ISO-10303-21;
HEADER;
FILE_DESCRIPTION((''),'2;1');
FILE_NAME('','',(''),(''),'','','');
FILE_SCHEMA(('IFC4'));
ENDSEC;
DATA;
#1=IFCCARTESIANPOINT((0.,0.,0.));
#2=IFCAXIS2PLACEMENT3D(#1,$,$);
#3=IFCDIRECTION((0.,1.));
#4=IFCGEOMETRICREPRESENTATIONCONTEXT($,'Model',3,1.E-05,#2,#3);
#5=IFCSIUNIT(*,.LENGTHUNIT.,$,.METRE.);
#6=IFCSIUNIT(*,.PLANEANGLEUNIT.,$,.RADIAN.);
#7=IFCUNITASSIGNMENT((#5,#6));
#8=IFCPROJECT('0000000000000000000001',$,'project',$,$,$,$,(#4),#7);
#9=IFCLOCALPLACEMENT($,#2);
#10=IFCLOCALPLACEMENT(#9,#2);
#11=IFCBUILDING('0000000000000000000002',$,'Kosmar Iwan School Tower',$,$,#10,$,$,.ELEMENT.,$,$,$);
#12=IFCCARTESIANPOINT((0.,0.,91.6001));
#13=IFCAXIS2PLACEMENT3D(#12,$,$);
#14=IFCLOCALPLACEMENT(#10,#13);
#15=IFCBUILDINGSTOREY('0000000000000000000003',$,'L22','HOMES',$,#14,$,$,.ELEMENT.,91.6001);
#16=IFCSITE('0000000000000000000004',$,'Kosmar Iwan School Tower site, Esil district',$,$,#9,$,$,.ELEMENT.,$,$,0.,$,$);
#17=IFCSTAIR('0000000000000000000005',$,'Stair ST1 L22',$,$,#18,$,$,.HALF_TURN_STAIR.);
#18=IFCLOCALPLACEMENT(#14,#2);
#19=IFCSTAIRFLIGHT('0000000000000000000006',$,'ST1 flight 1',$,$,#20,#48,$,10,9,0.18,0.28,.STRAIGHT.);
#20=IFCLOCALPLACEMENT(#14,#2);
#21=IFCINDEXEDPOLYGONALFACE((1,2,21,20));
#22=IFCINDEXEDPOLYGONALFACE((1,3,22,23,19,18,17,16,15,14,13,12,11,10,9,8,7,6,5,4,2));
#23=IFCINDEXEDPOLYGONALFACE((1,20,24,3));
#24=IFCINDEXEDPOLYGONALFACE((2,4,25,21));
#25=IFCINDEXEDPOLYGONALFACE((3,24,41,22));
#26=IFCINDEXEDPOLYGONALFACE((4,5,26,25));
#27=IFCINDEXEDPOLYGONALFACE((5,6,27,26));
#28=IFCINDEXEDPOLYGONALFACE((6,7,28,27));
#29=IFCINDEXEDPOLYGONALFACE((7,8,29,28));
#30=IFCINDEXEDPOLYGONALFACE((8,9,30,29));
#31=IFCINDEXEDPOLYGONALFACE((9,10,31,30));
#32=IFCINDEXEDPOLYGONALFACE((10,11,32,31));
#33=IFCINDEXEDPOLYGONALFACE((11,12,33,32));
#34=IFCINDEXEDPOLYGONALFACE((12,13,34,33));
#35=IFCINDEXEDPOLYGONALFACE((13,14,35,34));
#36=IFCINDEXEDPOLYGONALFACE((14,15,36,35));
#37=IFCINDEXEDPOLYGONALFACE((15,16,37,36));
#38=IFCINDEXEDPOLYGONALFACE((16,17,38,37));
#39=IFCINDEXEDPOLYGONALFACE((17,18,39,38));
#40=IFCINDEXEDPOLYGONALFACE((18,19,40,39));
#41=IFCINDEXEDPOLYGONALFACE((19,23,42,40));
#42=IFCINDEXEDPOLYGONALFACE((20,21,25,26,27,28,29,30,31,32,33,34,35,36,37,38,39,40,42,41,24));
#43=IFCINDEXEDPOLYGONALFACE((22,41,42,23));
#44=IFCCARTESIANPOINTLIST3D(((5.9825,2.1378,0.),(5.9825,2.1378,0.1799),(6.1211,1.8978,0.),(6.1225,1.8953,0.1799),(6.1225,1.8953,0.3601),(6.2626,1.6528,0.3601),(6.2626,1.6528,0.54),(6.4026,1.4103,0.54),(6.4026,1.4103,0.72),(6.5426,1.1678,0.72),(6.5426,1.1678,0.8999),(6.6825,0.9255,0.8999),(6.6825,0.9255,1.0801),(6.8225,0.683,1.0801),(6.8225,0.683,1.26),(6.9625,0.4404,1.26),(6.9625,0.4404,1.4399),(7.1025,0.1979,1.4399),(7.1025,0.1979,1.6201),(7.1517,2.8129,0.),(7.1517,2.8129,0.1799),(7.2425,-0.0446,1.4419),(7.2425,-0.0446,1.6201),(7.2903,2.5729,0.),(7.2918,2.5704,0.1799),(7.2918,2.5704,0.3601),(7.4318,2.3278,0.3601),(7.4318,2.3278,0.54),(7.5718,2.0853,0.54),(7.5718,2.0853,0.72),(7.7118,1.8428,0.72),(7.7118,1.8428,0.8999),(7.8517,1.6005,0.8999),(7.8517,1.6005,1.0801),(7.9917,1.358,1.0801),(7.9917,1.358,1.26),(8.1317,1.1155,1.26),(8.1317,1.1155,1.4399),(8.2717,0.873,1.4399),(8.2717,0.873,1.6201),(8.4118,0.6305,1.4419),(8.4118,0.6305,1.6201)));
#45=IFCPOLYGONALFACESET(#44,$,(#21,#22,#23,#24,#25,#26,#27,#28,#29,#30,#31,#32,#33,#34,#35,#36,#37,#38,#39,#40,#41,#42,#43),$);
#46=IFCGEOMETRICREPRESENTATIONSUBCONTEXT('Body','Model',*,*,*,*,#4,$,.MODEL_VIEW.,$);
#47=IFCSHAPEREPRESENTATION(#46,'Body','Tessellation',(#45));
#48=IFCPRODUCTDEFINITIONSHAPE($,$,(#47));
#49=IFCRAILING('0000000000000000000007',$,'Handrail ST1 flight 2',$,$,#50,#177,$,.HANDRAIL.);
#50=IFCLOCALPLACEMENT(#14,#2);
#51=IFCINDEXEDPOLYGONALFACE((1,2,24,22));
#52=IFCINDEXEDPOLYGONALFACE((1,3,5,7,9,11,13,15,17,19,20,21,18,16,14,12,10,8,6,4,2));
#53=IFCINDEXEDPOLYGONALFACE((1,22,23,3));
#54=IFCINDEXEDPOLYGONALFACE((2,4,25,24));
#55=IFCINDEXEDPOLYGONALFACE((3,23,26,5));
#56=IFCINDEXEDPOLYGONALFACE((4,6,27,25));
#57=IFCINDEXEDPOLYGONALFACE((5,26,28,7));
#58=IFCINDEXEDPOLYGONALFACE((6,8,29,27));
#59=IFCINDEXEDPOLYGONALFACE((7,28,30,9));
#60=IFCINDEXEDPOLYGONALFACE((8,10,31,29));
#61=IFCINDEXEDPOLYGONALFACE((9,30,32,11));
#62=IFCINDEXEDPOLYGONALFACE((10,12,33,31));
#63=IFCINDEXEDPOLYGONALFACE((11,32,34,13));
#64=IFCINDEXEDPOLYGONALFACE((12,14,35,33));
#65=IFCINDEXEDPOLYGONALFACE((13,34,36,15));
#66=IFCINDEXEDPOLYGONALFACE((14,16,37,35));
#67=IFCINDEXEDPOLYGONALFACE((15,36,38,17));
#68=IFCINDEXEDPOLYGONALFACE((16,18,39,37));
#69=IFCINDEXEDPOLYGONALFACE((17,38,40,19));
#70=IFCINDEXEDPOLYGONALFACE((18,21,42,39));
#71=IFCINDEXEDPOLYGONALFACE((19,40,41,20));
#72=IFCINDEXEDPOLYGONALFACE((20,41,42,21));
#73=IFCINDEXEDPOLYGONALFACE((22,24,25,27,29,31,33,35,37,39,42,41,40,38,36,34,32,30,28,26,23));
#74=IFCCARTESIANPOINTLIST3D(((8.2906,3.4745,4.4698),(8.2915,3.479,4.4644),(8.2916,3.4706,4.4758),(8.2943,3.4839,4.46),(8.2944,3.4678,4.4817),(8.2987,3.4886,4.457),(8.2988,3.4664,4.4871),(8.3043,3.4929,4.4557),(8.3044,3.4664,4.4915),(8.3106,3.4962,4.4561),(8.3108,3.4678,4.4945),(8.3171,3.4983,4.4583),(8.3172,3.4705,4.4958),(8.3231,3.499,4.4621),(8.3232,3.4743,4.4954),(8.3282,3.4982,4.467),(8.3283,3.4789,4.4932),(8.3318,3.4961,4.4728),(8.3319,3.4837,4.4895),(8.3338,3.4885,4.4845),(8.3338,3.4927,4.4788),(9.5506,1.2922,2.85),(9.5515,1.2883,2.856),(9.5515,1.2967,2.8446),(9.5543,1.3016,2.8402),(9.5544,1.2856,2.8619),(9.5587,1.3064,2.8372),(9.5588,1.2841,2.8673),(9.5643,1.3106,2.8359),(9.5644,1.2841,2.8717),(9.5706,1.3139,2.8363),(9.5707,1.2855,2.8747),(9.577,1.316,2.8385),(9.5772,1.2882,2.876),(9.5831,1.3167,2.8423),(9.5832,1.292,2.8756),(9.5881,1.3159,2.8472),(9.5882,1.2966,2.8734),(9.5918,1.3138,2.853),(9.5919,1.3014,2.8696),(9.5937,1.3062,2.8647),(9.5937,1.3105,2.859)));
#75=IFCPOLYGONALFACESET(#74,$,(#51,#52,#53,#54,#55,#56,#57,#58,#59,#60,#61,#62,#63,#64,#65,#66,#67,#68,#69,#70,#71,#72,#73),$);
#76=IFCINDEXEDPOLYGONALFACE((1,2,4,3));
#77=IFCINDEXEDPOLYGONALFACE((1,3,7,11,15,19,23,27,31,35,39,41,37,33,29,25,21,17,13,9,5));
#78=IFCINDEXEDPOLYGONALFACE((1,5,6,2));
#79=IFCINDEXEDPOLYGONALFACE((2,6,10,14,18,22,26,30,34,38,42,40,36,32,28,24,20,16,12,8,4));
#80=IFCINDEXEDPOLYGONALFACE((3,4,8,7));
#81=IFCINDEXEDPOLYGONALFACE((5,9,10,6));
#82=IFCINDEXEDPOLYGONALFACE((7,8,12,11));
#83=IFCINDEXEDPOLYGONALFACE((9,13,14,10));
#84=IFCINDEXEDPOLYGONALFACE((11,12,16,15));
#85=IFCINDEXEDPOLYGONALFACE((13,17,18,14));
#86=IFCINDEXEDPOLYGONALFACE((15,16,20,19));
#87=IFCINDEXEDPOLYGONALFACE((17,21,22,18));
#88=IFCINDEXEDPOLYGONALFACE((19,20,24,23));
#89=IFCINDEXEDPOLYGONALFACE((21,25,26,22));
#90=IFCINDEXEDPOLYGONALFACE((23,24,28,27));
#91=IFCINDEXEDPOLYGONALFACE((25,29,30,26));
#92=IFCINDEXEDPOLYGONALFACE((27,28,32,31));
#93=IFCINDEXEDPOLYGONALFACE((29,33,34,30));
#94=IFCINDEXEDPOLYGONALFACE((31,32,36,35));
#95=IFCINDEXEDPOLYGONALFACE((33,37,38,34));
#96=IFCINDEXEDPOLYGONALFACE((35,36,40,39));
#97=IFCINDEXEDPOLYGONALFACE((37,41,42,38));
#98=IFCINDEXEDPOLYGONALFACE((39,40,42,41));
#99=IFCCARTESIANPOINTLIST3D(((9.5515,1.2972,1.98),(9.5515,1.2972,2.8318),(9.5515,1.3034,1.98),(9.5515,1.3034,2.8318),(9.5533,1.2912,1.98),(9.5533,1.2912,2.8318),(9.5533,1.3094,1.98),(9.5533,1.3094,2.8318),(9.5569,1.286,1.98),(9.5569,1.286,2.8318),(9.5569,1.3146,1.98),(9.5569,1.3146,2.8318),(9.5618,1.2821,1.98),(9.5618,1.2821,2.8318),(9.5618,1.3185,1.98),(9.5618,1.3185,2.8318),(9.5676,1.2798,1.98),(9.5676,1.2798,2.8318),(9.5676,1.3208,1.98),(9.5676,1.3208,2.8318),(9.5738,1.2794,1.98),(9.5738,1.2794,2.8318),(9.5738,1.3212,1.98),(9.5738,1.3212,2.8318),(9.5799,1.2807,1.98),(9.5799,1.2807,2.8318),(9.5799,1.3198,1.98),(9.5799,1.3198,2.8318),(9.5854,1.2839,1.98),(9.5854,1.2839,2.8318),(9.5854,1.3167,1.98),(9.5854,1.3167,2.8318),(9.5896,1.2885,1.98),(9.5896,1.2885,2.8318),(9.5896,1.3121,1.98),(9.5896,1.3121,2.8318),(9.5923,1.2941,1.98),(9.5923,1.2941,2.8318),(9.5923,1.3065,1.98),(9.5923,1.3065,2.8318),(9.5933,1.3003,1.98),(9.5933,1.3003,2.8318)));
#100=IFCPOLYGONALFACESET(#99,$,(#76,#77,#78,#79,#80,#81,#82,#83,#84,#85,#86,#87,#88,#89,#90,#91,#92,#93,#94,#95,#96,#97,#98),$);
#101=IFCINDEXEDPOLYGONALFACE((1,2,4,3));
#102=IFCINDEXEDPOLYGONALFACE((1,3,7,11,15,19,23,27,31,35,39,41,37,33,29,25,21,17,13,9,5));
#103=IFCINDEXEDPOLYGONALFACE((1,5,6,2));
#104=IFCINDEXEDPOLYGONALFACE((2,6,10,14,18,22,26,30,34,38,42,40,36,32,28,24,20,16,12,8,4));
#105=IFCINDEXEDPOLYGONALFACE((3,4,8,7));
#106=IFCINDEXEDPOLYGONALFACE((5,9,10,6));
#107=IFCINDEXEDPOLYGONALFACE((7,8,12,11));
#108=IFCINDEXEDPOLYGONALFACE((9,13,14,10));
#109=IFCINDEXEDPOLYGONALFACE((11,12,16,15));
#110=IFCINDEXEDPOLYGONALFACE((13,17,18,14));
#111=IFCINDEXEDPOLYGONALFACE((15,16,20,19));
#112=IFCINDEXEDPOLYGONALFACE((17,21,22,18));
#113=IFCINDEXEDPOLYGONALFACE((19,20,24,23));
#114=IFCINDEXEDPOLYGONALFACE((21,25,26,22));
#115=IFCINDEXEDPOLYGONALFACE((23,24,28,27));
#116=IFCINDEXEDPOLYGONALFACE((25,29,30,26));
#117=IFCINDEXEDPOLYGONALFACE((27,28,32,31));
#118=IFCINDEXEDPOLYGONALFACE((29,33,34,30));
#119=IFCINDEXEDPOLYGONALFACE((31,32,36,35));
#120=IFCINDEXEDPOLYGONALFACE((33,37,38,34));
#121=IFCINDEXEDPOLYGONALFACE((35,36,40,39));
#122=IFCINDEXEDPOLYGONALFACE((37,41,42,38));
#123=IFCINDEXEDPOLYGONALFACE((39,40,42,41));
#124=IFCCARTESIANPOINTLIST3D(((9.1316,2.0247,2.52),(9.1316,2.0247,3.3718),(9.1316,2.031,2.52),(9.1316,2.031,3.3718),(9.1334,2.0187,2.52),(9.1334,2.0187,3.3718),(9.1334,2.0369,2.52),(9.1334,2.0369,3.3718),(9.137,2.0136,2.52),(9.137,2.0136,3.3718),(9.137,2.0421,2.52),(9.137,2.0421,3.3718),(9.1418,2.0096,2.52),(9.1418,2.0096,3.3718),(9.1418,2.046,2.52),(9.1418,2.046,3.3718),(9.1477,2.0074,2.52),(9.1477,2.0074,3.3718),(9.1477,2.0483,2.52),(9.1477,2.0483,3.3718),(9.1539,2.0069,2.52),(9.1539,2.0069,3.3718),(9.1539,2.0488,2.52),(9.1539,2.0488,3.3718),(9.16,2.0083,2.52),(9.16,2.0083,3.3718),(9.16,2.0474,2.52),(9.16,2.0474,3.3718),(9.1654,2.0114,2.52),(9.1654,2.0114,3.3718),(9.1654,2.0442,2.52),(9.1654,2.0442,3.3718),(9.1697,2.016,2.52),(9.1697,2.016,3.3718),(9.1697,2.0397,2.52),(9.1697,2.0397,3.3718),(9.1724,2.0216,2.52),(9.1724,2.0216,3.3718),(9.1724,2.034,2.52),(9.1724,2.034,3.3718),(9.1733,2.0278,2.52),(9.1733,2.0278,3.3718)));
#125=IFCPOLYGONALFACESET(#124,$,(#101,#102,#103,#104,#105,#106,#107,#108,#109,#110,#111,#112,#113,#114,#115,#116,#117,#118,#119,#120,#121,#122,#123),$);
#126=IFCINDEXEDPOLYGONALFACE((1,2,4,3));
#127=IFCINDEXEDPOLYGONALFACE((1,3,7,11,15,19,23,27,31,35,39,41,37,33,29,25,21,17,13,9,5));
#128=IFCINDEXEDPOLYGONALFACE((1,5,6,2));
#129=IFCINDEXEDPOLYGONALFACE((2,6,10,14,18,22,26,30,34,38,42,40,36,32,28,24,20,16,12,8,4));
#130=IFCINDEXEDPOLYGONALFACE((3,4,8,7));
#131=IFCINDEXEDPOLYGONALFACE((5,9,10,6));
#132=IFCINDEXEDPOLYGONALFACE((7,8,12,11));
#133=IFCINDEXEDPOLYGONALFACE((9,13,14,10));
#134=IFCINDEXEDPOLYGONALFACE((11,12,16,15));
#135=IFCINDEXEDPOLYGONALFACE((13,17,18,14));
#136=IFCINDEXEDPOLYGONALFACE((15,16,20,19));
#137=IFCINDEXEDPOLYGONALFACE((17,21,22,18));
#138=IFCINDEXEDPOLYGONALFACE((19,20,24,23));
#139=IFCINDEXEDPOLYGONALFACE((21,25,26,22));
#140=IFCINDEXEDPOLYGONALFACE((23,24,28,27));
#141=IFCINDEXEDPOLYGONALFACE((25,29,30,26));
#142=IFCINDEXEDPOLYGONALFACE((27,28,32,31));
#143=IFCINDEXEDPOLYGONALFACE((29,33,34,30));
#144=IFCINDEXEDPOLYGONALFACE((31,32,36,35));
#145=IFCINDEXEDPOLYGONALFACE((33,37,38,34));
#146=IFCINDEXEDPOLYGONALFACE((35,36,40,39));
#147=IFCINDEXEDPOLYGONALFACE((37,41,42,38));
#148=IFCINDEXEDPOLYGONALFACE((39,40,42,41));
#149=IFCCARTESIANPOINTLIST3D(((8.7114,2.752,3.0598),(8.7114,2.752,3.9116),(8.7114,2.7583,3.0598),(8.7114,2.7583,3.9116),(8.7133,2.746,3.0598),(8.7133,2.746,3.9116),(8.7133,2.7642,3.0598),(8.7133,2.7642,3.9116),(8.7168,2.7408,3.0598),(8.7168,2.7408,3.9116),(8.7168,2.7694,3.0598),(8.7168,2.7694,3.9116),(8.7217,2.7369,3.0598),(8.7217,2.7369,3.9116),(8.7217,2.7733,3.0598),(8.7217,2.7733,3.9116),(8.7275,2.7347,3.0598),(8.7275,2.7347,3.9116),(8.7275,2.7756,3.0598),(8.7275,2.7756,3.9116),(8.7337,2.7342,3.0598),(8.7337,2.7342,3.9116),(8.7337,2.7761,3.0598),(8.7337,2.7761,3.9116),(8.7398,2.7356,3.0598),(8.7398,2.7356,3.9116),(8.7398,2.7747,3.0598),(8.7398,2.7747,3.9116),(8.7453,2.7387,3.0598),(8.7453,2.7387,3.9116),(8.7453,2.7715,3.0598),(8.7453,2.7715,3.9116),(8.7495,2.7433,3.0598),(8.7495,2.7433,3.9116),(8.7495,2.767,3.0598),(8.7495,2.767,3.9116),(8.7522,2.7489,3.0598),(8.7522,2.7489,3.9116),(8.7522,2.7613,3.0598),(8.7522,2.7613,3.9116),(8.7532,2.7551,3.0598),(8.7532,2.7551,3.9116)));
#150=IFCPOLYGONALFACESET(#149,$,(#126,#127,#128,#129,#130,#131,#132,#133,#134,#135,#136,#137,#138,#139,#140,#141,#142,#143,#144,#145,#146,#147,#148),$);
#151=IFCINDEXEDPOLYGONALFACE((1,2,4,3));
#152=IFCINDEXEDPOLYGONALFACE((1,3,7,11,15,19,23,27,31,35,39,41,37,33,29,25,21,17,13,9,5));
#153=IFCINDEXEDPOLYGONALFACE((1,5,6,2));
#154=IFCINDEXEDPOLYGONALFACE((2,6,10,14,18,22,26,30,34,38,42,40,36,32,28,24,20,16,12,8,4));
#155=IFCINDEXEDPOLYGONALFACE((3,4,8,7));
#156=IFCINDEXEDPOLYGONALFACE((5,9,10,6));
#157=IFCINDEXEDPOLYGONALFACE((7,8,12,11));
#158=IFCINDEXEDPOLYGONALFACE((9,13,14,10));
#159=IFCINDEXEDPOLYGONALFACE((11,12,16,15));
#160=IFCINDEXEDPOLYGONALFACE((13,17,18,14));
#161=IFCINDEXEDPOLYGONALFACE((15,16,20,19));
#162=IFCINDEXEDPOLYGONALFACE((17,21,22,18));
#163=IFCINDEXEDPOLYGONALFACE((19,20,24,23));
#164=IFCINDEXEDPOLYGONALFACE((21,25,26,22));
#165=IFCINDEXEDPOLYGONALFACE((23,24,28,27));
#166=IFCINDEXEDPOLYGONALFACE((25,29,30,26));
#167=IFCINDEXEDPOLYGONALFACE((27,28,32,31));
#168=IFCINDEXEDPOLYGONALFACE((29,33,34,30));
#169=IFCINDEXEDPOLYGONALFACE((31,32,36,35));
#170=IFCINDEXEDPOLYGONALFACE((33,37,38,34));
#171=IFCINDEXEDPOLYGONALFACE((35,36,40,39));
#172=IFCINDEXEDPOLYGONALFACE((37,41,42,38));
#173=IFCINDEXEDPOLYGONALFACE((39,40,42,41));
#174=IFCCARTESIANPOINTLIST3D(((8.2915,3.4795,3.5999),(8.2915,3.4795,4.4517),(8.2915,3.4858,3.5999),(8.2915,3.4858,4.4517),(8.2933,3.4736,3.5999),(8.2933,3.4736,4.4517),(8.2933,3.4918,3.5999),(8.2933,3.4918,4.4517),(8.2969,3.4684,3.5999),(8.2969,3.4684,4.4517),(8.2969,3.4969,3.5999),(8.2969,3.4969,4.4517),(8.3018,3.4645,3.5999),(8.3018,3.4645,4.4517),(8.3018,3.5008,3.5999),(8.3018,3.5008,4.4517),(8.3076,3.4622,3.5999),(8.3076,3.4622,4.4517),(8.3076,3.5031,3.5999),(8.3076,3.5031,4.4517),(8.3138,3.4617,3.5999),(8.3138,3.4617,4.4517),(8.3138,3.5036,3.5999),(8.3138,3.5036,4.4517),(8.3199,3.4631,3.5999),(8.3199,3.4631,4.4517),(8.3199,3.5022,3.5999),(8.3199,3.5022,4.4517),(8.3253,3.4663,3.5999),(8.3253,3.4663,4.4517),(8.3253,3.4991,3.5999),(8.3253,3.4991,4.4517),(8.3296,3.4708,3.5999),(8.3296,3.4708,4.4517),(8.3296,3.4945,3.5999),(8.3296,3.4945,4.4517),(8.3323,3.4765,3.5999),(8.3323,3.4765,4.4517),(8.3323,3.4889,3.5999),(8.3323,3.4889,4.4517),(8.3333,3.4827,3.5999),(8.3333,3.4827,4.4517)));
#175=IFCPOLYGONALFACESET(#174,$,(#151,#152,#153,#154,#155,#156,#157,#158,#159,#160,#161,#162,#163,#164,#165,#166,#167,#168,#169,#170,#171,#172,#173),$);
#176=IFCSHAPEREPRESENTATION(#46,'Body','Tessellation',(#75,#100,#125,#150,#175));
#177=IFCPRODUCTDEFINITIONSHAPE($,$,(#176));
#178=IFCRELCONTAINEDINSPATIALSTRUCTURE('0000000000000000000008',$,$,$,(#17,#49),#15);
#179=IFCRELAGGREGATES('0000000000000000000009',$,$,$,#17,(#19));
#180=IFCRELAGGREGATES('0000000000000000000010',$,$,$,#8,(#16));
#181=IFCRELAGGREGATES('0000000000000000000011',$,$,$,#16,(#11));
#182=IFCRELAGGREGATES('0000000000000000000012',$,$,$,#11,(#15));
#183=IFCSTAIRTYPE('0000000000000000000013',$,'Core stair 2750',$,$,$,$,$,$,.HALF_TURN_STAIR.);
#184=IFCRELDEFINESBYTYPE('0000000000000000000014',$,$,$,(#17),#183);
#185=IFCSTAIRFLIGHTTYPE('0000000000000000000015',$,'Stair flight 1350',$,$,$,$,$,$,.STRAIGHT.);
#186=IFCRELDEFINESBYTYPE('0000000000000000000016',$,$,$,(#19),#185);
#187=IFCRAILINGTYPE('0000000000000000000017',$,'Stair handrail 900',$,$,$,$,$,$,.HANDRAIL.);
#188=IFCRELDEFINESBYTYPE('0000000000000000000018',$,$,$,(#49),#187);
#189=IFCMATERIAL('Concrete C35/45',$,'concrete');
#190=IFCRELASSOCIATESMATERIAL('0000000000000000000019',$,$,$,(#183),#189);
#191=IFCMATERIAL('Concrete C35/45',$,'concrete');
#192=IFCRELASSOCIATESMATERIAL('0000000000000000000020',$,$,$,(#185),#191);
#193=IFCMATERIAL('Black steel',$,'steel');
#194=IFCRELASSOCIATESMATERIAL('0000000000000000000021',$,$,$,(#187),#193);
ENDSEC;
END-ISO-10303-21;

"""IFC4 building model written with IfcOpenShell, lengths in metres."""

from ifc_helpers import new_model, si_unit, direction, frame, origin, origin_2d, place, context, subcontext, project, spatial, polyline, circle, outline, extrude, material, type_object, element, aggregate, save


model = new_model("IFC4")

# Units and contexts
model_context = context("Model", 3, precision=1e-05, world=origin(), true_north=direction((0.0, 1.0)))
body_context = subcontext(model_context, "Body", "Model", "MODEL_VIEW")
ifc_project = project(units=[si_unit("LENGTHUNIT", "METRE"), si_unit("PLANEANGLEUNIT", "RADIAN")], contexts=[model_context])

# Site, building, storey
site_placement = place(None, origin())
site = spatial("IfcSite", under=ifc_project, at=site_placement, Name="Kosmar Iwan School Tower site, Esil district", CompositionType="ELEMENT", RefElevation=0.0)
building_placement = place(site_placement, origin())
building = spatial("IfcBuilding", under=site, at=building_placement, Name="Kosmar Iwan School Tower", CompositionType="ELEMENT")
storey_placement = place(building_placement, frame((0.0, 0.0, 91.6001)))
storey = spatial("IfcBuildingStorey", under=building, at=storey_placement, Name="L22", Description="HOMES", CompositionType="ELEMENT", Elevation=91.6001)

# Stair, stair flight
ifc_material_1 = material(Name="Concrete C35/45", Category="concrete")
stair_type = type_object("IfcStairType", Name="Core stair 2750", PredefinedType="HALF_TURN_STAIR", material=ifc_material_1)
stair_placement = place(storey_placement, origin())
stair = element("IfcStair", 1, at=stair_placement, inside=storey, type_object=stair_type, Name="Stair ST1 L22", PredefinedType="HALF_TURN_STAIR")
ifc_material_2 = material(Name="Concrete C35/45", Category="concrete")
stair_flight_type = type_object("IfcStairFlightType", Name="Stair flight 1350", PredefinedType="STRAIGHT", material=ifc_material_2)
stair_flight_placement = place(storey_placement, frame((6.5671, 2.4753, 0.0), z_axis=(0.0, 0.0, 1.0), x_axis=(0.5, -0.866025, 0.0)))
stair_flight = element("IfcStairFlight", 2, at=stair_flight_placement, type_object=stair_flight_type, Name="ST1 flight 1", NumberOfRisers=10, NumberOfTreads=9, PredefinedType="STRAIGHT", RiserHeight=0.18, TreadLength=0.28, context=body_context, shape_type="SweptSolid", body=[
    extrude(outline(polyline([(0.0, 0.0), (0.0, 0.1799), (0.28, 0.1799), (0.28, 0.3601), (0.5601, 0.3601), (0.5601, 0.54), (0.8401, 0.54), (0.8401, 0.72), (1.1201, 0.72), (1.1201, 0.8999), (1.3999, 0.8999), (1.3999, 1.0801), (1.6799, 1.0801), (1.6799, 1.26), (1.96, 1.26), (1.96, 1.4399), (2.24, 1.4399), (2.24, 1.6201), (2.52, 1.6201), (2.52, 1.8), (2.52, 1.4419), (0.2771, 0.0), (0.0, 0.0)])), frame((0.0, 0.675, 0.0), z_axis=(0.0, -1.0, 0.0), x_axis=(1.0, 0.0, 0.0)), (0.0, 0.0, 1.0), 1.3501),
])
aggregate(stair, [stair_flight])

# Railing
ifc_material_3 = material(Name="Black steel", Category="steel")
railing_type = type_object("IfcRailingType", Name="Stair handrail 900", PredefinedType="HANDRAIL", material=ifc_material_3)
railing_placement = place(storey_placement, frame((9.5723, 1.3003, 1.98)))
element("IfcRailing", 3, at=railing_placement, inside=storey, type_object=railing_type, Name="Handrail ST1 flight 2", PredefinedType="HANDRAIL", context=body_context, shape_type="SweptSolid", body=[
    extrude(circle(Radius=0.0239, at=origin_2d()), frame((0.0, 0.0, 0.876), z_axis=(-0.420603, 0.728496, 0.540728), x_axis=(-0.866023, -0.500005, 0.0)), (0.0, 0.0, 1.0), 2.9956),
    extrude(circle(Radius=0.021, at=origin_2d()), origin(), (0.0, 0.0, 1.0), 0.8518),
    extrude(circle(Radius=0.021, at=origin_2d()), frame((-0.4199, 0.7275, 0.54)), (0.0, 0.0, 1.0), 0.8518),
    extrude(circle(Radius=0.021, at=origin_2d()), frame((-0.8401, 1.4548, 1.0798)), (0.0, 0.0, 1.0), 0.8518),
    extrude(circle(Radius=0.021, at=origin_2d()), frame((-1.26, 2.1824, 1.6199)), (0.0, 0.0, 1.0), 0.8518),
])

save(model, "model.ifc")
